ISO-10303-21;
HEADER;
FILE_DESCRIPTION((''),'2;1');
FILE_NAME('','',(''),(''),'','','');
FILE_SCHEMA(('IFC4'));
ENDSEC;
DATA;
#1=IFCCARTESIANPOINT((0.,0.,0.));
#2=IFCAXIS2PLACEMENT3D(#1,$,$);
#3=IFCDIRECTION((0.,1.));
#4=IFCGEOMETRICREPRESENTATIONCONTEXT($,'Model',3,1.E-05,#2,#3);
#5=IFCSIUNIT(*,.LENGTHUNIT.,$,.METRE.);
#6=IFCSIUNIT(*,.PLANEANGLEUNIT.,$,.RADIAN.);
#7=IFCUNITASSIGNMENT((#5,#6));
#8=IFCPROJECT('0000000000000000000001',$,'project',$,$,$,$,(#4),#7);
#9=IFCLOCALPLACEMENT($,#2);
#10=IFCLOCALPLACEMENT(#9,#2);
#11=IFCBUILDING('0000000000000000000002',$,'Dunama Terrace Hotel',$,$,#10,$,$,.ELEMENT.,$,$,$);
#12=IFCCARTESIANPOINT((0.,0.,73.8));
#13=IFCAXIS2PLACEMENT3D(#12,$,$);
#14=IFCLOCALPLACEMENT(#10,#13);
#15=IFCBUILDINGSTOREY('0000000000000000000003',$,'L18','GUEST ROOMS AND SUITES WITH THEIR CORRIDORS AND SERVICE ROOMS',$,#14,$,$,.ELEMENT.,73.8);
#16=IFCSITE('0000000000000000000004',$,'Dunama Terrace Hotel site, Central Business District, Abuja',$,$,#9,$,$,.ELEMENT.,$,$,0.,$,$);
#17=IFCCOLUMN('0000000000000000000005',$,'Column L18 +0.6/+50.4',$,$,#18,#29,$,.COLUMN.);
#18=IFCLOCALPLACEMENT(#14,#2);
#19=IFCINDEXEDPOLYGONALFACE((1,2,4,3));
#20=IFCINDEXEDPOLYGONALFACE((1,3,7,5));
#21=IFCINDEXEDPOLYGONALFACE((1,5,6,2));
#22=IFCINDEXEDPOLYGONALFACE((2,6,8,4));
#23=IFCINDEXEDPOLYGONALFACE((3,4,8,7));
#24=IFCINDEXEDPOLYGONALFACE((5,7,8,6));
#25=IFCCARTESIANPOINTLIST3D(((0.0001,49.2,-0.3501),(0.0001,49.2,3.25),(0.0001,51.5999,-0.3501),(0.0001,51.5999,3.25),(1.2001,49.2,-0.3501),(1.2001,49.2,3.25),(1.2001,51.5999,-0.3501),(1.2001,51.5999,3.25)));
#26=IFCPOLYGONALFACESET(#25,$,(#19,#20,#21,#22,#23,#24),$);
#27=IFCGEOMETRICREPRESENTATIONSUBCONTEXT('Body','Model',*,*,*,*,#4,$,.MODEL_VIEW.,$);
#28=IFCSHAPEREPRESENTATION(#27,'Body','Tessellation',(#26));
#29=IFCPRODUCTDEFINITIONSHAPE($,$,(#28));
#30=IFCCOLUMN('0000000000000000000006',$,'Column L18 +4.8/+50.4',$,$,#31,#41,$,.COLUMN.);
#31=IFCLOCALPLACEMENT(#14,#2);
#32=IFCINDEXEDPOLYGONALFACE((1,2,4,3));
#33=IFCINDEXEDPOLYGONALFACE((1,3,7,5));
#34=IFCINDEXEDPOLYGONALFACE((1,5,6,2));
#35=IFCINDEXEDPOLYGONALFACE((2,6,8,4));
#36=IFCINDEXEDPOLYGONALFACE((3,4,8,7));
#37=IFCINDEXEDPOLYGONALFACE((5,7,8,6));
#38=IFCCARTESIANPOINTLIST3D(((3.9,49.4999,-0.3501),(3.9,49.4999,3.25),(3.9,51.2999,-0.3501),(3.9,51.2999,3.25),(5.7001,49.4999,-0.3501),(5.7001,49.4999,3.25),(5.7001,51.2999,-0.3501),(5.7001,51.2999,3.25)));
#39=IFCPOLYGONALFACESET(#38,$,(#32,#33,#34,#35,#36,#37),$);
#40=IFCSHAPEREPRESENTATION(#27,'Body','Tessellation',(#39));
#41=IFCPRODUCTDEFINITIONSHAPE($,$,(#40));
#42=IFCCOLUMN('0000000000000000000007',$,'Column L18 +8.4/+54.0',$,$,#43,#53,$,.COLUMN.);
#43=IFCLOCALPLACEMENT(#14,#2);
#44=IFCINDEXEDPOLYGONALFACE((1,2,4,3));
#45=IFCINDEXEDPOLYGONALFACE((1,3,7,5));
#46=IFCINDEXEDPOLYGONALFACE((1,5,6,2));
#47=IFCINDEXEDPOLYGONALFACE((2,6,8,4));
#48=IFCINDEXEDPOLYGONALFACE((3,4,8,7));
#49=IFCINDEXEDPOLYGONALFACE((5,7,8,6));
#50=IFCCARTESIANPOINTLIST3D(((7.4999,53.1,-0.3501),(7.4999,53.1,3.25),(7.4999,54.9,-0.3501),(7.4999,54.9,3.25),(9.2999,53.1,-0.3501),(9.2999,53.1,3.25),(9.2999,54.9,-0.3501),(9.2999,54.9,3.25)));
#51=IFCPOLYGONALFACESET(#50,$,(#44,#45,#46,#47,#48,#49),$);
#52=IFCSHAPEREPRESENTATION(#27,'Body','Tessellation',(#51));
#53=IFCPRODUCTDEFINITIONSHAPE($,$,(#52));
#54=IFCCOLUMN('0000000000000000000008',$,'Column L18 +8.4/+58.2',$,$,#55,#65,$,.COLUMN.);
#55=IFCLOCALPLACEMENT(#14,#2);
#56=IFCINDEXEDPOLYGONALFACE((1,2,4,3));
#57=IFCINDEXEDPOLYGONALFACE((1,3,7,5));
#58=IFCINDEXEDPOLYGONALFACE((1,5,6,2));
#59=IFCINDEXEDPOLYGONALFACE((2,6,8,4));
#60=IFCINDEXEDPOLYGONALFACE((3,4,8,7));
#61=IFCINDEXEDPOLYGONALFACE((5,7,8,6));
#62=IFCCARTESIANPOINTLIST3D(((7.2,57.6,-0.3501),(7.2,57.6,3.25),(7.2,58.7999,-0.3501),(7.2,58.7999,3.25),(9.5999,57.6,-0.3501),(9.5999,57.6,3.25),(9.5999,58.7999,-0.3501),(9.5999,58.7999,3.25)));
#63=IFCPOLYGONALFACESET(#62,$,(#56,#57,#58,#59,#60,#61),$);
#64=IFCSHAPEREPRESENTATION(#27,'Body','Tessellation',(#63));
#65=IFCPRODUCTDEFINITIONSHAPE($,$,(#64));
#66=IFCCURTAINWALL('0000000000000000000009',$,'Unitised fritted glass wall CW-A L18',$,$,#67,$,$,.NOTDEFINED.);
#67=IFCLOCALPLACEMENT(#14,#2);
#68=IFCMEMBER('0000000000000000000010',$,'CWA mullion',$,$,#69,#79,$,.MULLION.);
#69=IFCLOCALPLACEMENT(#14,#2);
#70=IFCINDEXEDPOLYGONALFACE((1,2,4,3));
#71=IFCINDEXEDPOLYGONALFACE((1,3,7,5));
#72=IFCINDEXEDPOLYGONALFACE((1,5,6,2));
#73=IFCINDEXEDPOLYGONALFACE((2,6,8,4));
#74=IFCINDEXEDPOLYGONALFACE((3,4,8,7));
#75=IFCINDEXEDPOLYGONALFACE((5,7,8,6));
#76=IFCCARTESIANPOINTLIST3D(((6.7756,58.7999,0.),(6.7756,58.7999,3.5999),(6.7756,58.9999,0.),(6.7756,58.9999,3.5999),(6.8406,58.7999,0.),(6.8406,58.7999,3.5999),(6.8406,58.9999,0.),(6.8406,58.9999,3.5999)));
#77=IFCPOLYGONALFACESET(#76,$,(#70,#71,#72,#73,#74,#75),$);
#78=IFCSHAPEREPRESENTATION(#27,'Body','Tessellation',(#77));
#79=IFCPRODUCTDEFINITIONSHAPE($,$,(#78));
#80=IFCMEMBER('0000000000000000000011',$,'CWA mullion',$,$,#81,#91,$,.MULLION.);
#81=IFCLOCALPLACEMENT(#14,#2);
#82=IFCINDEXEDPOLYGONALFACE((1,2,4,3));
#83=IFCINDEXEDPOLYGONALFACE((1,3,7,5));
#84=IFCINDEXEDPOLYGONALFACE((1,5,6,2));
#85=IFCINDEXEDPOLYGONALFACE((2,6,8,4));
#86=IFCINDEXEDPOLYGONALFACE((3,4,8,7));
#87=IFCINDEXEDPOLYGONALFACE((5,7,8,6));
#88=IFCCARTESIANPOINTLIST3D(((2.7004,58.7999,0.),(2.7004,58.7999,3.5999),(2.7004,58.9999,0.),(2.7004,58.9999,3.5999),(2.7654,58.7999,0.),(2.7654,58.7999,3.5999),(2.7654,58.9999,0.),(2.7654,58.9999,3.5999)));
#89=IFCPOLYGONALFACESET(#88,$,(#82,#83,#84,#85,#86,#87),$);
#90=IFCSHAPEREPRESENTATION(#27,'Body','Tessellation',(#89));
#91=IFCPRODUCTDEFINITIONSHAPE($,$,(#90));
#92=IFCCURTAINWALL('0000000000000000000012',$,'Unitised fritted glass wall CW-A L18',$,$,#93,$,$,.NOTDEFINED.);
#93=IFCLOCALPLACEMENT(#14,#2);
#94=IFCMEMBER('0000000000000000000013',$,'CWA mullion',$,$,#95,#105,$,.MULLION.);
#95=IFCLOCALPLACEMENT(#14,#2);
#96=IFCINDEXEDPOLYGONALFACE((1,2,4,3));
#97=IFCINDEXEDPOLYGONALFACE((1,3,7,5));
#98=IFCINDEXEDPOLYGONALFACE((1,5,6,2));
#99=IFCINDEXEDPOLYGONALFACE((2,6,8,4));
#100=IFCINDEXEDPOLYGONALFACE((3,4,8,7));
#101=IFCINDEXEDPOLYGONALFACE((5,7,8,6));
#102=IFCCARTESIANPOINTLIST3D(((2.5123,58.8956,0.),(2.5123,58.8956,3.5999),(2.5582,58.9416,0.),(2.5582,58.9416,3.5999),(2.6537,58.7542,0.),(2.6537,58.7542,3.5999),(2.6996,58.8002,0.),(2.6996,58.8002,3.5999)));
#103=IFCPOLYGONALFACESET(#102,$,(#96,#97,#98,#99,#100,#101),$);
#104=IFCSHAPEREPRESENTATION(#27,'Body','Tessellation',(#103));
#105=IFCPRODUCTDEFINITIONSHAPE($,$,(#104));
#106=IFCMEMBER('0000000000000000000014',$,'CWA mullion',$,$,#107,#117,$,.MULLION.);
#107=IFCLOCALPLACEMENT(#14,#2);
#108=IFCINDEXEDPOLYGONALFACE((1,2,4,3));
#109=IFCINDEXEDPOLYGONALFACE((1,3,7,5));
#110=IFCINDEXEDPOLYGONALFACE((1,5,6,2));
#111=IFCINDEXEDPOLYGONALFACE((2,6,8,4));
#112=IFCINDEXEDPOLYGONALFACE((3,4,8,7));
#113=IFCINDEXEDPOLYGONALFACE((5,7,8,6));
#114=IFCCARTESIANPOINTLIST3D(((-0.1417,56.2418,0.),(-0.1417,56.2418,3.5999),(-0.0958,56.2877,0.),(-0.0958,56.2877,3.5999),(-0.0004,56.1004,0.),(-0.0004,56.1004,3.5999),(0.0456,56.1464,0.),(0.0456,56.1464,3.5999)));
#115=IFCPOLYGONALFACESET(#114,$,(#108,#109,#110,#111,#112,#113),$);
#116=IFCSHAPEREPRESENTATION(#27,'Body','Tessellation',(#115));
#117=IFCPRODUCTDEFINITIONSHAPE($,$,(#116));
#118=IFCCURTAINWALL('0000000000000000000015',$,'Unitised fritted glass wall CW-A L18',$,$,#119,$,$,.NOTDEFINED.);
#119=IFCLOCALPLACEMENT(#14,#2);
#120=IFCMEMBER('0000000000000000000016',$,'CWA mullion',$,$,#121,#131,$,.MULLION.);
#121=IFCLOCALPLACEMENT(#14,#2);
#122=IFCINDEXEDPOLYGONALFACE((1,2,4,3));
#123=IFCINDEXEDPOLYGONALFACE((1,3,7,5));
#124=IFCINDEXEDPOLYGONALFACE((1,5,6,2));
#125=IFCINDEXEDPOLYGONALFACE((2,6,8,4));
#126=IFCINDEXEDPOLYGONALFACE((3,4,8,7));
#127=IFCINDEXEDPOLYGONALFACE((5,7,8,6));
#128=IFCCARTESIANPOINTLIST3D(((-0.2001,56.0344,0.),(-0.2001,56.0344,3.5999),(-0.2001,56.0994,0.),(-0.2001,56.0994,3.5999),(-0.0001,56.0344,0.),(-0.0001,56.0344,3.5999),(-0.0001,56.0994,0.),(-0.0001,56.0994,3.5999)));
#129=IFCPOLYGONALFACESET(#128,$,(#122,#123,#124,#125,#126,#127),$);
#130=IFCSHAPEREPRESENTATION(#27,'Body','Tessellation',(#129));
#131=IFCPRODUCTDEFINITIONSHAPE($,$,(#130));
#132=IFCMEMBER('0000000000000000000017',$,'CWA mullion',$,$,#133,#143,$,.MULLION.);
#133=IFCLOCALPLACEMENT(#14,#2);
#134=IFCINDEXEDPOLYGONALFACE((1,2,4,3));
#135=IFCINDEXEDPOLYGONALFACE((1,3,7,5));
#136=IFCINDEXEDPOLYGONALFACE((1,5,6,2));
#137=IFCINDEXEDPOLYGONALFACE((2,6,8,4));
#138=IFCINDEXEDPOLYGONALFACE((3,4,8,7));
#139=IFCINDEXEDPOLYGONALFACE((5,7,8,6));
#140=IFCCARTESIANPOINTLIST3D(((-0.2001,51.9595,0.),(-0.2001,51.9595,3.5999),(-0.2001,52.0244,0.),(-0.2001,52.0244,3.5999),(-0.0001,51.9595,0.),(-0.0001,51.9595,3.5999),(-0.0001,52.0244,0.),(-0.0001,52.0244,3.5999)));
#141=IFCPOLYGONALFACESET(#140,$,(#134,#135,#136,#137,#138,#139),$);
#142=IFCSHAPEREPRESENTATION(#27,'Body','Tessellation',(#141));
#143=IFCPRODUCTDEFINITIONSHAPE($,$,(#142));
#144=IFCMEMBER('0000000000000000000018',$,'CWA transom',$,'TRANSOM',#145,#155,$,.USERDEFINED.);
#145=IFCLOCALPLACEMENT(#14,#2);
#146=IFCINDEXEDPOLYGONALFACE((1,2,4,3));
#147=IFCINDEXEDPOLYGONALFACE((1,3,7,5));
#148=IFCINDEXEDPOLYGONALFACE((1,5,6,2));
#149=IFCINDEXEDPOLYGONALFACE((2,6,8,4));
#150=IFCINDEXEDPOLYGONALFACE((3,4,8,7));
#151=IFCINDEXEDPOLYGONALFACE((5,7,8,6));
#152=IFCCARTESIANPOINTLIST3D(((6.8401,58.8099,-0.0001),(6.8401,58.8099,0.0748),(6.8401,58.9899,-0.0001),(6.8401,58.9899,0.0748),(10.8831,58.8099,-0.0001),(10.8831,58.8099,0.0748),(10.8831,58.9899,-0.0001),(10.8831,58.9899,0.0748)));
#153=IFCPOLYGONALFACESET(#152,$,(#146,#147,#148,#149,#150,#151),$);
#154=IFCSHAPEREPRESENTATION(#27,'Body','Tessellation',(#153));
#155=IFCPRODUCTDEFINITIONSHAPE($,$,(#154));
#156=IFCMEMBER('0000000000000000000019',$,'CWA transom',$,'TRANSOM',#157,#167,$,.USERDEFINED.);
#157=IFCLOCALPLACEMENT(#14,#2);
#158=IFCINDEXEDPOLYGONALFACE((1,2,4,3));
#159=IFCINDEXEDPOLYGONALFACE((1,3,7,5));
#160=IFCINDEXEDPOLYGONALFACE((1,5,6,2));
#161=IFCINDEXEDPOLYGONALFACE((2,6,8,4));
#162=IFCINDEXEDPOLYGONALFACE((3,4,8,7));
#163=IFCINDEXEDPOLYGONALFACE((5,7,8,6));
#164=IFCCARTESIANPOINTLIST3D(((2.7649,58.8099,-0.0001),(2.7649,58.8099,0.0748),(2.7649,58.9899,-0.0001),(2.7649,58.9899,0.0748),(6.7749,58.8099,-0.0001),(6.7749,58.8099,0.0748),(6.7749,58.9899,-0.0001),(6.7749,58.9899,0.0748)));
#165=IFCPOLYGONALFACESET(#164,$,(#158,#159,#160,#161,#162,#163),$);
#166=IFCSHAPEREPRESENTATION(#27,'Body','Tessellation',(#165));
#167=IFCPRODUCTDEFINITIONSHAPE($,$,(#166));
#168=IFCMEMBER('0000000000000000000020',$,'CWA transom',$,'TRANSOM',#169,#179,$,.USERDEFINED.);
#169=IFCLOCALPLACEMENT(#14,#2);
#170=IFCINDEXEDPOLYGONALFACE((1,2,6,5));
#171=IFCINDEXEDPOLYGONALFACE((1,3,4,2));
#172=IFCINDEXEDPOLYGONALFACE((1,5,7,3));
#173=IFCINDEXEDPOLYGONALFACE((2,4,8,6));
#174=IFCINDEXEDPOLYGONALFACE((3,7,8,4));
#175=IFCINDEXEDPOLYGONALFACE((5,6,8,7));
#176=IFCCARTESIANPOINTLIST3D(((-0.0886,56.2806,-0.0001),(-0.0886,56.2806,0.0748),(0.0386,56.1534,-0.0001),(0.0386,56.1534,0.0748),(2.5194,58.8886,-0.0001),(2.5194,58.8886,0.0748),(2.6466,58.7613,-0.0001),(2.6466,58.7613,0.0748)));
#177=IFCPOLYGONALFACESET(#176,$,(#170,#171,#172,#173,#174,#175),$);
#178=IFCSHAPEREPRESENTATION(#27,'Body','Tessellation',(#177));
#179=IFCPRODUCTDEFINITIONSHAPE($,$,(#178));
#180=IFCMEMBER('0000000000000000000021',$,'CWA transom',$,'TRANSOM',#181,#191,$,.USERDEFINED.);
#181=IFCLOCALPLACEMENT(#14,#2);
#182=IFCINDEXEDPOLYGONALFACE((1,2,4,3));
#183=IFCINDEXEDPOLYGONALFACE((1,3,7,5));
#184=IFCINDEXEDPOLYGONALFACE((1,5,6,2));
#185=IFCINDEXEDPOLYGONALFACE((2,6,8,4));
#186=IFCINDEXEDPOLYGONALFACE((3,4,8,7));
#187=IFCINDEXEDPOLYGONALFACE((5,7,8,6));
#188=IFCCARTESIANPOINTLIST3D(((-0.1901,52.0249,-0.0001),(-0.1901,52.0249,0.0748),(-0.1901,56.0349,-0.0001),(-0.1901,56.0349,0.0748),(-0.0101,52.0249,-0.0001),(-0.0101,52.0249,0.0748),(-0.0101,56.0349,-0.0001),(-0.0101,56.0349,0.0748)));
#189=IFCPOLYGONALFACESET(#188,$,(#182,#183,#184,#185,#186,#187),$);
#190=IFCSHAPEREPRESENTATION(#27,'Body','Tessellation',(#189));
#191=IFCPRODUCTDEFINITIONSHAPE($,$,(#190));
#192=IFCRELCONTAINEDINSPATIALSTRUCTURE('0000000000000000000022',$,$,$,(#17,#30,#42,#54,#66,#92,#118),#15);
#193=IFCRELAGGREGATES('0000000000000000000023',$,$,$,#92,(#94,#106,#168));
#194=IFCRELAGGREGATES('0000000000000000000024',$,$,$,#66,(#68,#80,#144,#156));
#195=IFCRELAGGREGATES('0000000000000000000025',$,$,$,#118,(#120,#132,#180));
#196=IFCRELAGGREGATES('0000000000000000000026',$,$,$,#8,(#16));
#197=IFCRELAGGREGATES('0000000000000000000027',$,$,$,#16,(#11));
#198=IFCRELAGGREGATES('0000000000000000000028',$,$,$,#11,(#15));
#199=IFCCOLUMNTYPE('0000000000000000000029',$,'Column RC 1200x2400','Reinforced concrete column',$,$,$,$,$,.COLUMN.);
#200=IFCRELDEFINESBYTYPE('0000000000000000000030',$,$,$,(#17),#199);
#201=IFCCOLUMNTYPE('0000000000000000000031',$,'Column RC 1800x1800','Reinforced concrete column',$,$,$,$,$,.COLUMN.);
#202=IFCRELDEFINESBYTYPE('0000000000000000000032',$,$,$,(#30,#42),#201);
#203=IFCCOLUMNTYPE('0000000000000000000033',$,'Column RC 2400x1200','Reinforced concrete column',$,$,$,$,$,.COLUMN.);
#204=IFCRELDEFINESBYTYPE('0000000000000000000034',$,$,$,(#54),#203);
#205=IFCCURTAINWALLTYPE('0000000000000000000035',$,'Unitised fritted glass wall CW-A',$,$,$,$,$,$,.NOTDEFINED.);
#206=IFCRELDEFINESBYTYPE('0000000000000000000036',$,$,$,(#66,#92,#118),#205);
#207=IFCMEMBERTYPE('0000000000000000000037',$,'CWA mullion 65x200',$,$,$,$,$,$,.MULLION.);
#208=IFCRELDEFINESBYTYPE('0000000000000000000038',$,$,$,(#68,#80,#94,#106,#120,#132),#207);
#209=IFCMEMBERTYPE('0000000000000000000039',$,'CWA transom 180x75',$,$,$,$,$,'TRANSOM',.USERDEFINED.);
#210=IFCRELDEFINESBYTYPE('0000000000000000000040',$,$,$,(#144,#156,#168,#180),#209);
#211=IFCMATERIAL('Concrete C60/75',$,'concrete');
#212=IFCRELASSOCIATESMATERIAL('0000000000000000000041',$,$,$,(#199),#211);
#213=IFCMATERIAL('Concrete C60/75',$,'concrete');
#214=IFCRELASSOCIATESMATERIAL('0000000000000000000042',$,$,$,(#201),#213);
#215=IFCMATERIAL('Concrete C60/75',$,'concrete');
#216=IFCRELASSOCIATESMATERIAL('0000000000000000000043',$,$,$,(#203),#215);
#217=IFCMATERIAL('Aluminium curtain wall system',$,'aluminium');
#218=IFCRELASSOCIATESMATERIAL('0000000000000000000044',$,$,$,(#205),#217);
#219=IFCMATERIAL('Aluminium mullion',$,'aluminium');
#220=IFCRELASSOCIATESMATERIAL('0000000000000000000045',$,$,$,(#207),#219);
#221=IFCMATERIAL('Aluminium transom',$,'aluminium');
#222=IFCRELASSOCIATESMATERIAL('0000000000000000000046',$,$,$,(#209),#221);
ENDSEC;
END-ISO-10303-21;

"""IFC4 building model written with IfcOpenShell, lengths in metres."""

from ifc_helpers import new_model, si_unit, direction, frame, origin, origin_2d, place, context, subcontext, project, spatial, rectangle, extrude, material, material_profile, profile_set, type_object, element, aggregate, save


model = new_model("IFC4")

# Units and contexts
model_context = context("Model", 3, precision=1e-05, world=origin(), true_north=direction((0.0, 1.0)))
body_context = subcontext(model_context, "Body", "Model", "MODEL_VIEW")
ifc_project = project(units=[si_unit("LENGTHUNIT", "METRE"), si_unit("PLANEANGLEUNIT", "RADIAN")], contexts=[model_context])

# Site, building, storey
site_placement = place(None, origin())
site = spatial("IfcSite", under=ifc_project, at=site_placement, Name="Dunama Terrace Hotel site, Central Business District, Abuja", CompositionType="ELEMENT", RefElevation=0.0)
building_placement = place(site_placement, origin())
building = spatial("IfcBuilding", under=site, at=building_placement, Name="Dunama Terrace Hotel", CompositionType="ELEMENT")
storey_placement = place(building_placement, frame((0.0, 0.0, 73.8)))
storey = spatial("IfcBuildingStorey", under=building, at=storey_placement, Name="L18", Description="GUEST ROOMS AND SUITES WITH THEIR CORRIDORS AND SERVICE ROOMS", CompositionType="ELEMENT", Elevation=73.8)

# Columns
ifc_material_1 = material(Name="Concrete C60/75", Category="concrete")
ifc_material_profile_1 = material_profile(ifc_material_1, rectangle(XDim=1.2, YDim=2.3999, at=origin_2d()), Name="RC 1200x2400")
ifc_profile_set_1 = profile_set([ifc_material_profile_1], Name="Concrete C60/75")
column_type_1 = type_object("IfcColumnType", Name="Column RC 1200x2400", Description="Reinforced concrete column", PredefinedType="COLUMN", material=ifc_profile_set_1)
column_1_placement = place(storey_placement, frame((0.6001, 50.3999, -0.3501), z_axis=(0.0, 0.0, 1.0), x_axis=(1.0, 0.0, 0.0)))
element("IfcColumn", 1, at=column_1_placement, inside=storey, type_object=column_type_1, Name="Column L18 +0.6/+50.4", PredefinedType="COLUMN", context=body_context, shape_type="SweptSolid", body=[
    extrude(rectangle(XDim=1.2, YDim=2.3999, at=origin_2d()), origin(), (0.0, 0.0, 1.0), 3.6001),
])
ifc_material_2 = material(Name="Concrete C60/75", Category="concrete")
ifc_material_profile_2 = material_profile(ifc_material_2, rectangle(XDim=1.8, YDim=1.8, at=origin_2d()), Name="RC 1800x1800")
ifc_profile_set_2 = profile_set([ifc_material_profile_2], Name="Concrete C60/75")
column_type_2 = type_object("IfcColumnType", Name="Column RC 1800x1800", Description="Reinforced concrete column", PredefinedType="COLUMN", material=ifc_profile_set_2)
for number, where, z_axis, x_axis, name in (
    (2, (4.8, 50.3999, -0.3501), (0.0, 0.0, 1.0), (1.0, 0.0, 0.0), "Column L18 +4.8/+50.4"),
    (3, (8.3999, 54.0, -0.3501), (0.0, 0.0, 1.0), (1.0, 0.0, 0.0), "Column L18 +8.4/+54.0"),
):
    element("IfcColumn", number, at=place(storey_placement, frame(where, z_axis=z_axis, x_axis=x_axis)), inside=storey, type_object=column_type_2, Name=name, PredefinedType="COLUMN", context=body_context, shape_type="SweptSolid", body=[
        extrude(rectangle(XDim=1.8, YDim=1.8, at=origin_2d()), origin(), (0.0, 0.0, 1.0), 3.6001),
    ])
ifc_material_3 = material(Name="Concrete C60/75", Category="concrete")
ifc_material_profile_3 = material_profile(ifc_material_3, rectangle(XDim=2.3999, YDim=1.2, at=origin_2d()), Name="RC 2400x1200")
ifc_profile_set_3 = profile_set([ifc_material_profile_3], Name="Concrete C60/75")
column_type_3 = type_object("IfcColumnType", Name="Column RC 2400x1200", Description="Reinforced concrete column", PredefinedType="COLUMN", material=ifc_profile_set_3)
column_2_placement = place(storey_placement, frame((8.3999, 58.2, -0.3501), z_axis=(0.0, 0.0, 1.0), x_axis=(1.0, 0.0, 0.0)))
element("IfcColumn", 4, at=column_2_placement, inside=storey, type_object=column_type_3, Name="Column L18 +8.4/+58.2", PredefinedType="COLUMN", context=body_context, shape_type="SweptSolid", body=[
    extrude(rectangle(XDim=2.3999, YDim=1.2, at=origin_2d()), origin(), (0.0, 0.0, 1.0), 3.6001),
])

# Curtain walls, members
ifc_material_4 = material(Name="Aluminium curtain wall system", Category="aluminium")
curtain_wall_type = type_object("IfcCurtainWallType", Name="Unitised fritted glass wall CW-A", PredefinedType="NOTDEFINED", material=ifc_material_4)
curtain_wall_1_placement = place(storey_placement, origin())
curtain_wall_1 = element("IfcCurtainWall", 5, at=curtain_wall_1_placement, inside=storey, type_object=curtain_wall_type, Name="Unitised fritted glass wall CW-A L18", PredefinedType="NOTDEFINED")
ifc_material_5 = material(Name="Aluminium mullion", Category="aluminium")
ifc_material_profile_4 = material_profile(ifc_material_5, rectangle(XDim=0.0649, YDim=0.2, at=origin_2d()), Name="CWA MULLION 65X200")
ifc_profile_set_4 = profile_set([ifc_material_profile_4], Name="Aluminium mullion")
member_type_1 = type_object("IfcMemberType", Name="CWA mullion 65x200", PredefinedType="MULLION", material=ifc_profile_set_4)
member_1_placement = place(storey_placement, frame((6.8081, 58.8999, 0.0), z_axis=(0.0, 0.0, 1.0), x_axis=(-1.0, 0.0, 0.0)))
member_1 = element("IfcMember", 6, at=member_1_placement, type_object=member_type_1, Name="CWA mullion", PredefinedType="MULLION", context=body_context, shape_type="SweptSolid", body=[
    extrude(rectangle(XDim=0.0649, YDim=0.2, at=origin_2d()), origin(), (0.0, 0.0, 1.0), 3.5999),
])
member_2_placement = place(storey_placement, frame((2.7329, 58.8999, 0.0), z_axis=(0.0, 0.0, 1.0), x_axis=(-1.0, 0.0, 0.0)))
member_2 = element("IfcMember", 7, at=member_2_placement, type_object=member_type_1, Name="CWA mullion", PredefinedType="MULLION", context=body_context, shape_type="SweptSolid", body=[
    extrude(rectangle(XDim=0.0649, YDim=0.2, at=origin_2d()), origin(), (0.0, 0.0, 1.0), 3.5999),
])
curtain_wall_2_placement = place(storey_placement, origin())
curtain_wall_2 = element("IfcCurtainWall", 8, at=curtain_wall_2_placement, inside=storey, type_object=curtain_wall_type, Name="Unitised fritted glass wall CW-A L18", PredefinedType="NOTDEFINED")
member_3_placement = place(storey_placement, frame((2.606, 58.8479, 0.0), z_axis=(0.0, 0.0, 1.0), x_axis=(-0.707107, -0.707107, 0.0)))
member_3 = element("IfcMember", 9, at=member_3_placement, type_object=member_type_1, Name="CWA mullion", PredefinedType="MULLION", context=body_context, shape_type="SweptSolid", body=[
    extrude(rectangle(XDim=0.0649, YDim=0.2, at=origin_2d()), origin(), (0.0, 0.0, 1.0), 3.5999),
])
member_4_placement = place(storey_placement, frame((-0.0481, 56.1941, 0.0), z_axis=(0.0, 0.0, 1.0), x_axis=(-0.707107, -0.707107, 0.0)))
member_4 = element("IfcMember", 10, at=member_4_placement, type_object=member_type_1, Name="CWA mullion", PredefinedType="MULLION", context=body_context, shape_type="SweptSolid", body=[
    extrude(rectangle(XDim=0.0649, YDim=0.2, at=origin_2d()), origin(), (0.0, 0.0, 1.0), 3.5999),
])
curtain_wall_3_placement = place(storey_placement, origin())
curtain_wall_3 = element("IfcCurtainWall", 11, at=curtain_wall_3_placement, inside=storey, type_object=curtain_wall_type, Name="Unitised fritted glass wall CW-A L18", PredefinedType="NOTDEFINED")
member_5_placement = place(storey_placement, frame((-0.1001, 56.0669, 0.0), z_axis=(0.0, 0.0, 1.0), x_axis=(0.0, -1.0, 0.0)))
member_5 = element("IfcMember", 12, at=member_5_placement, type_object=member_type_1, Name="CWA mullion", PredefinedType="MULLION", context=body_context, shape_type="SweptSolid", body=[
    extrude(rectangle(XDim=0.0649, YDim=0.2, at=origin_2d()), origin(), (0.0, 0.0, 1.0), 3.5999),
])
member_6_placement = place(storey_placement, frame((-0.1001, 51.9919, 0.0), z_axis=(0.0, 0.0, 1.0), x_axis=(0.0, -1.0, 0.0)))
member_6 = element("IfcMember", 13, at=member_6_placement, type_object=member_type_1, Name="CWA mullion", PredefinedType="MULLION", context=body_context, shape_type="SweptSolid", body=[
    extrude(rectangle(XDim=0.0649, YDim=0.2, at=origin_2d()), origin(), (0.0, 0.0, 1.0), 3.5999),
])

# Members
ifc_material_6 = material(Name="Aluminium transom", Category="aluminium")
ifc_material_profile_5 = material_profile(ifc_material_6, rectangle(XDim=0.1799, YDim=0.075, at=origin_2d()), Name="CWA TRANSOM 180X75")
ifc_profile_set_5 = profile_set([ifc_material_profile_5], Name="Aluminium transom")
member_type_2 = type_object("IfcMemberType", Name="CWA transom 180x75", ElementType="TRANSOM", PredefinedType="USERDEFINED", material=ifc_profile_set_5)
member_7_placement = place(storey_placement, frame((10.8831, 58.8999, 0.0374), z_axis=(-1.0, 0.0, 0.0), x_axis=(0.0, -1.0, 0.0)))
member_7 = element("IfcMember", 14, at=member_7_placement, type_object=member_type_2, Name="CWA transom", ObjectType="TRANSOM", PredefinedType="USERDEFINED", context=body_context, shape_type="SweptSolid", body=[
    extrude(rectangle(XDim=0.1799, YDim=0.075, at=origin_2d()), origin(), (0.0, 0.0, 1.0), 4.043),
])
member_8_placement = place(storey_placement, frame((6.7749, 58.8999, 0.0374), z_axis=(-1.0, 0.0, 0.0), x_axis=(0.0, -1.0, 0.0)))
member_8 = element("IfcMember", 15, at=member_8_placement, type_object=member_type_2, Name="CWA transom", ObjectType="TRANSOM", PredefinedType="USERDEFINED", context=body_context, shape_type="SweptSolid", body=[
    extrude(rectangle(XDim=0.1799, YDim=0.075, at=origin_2d()), origin(), (0.0, 0.0, 1.0), 4.01),
])
member_9_placement = place(storey_placement, frame((2.583, 58.825, 0.0374), z_axis=(-0.707107, -0.707107, 0.0), x_axis=(0.707107, -0.707107, 0.0)))
member_9 = element("IfcMember", 16, at=member_9_placement, type_object=member_type_2, Name="CWA transom", ObjectType="TRANSOM", PredefinedType="USERDEFINED", context=body_context, shape_type="SweptSolid", body=[
    extrude(rectangle(XDim=0.1799, YDim=0.075, at=origin_2d()), origin(), (0.0, 0.0, 1.0), 3.6882),
])
member_10_placement = place(storey_placement, frame((-0.1001, 56.0349, 0.0374), z_axis=(0.0, -1.0, 0.0), x_axis=(1.0, 0.0, 0.0)))
member_10 = element("IfcMember", 17, at=member_10_placement, type_object=member_type_2, Name="CWA transom", ObjectType="TRANSOM", PredefinedType="USERDEFINED", context=body_context, shape_type="SweptSolid", body=[
    extrude(rectangle(XDim=0.1799, YDim=0.075, at=origin_2d()), origin(), (0.0, 0.0, 1.0), 4.01),
])

aggregate(curtain_wall_2, [member_3, member_4, member_9])
aggregate(curtain_wall_1, [member_1, member_2, member_7, member_8])
aggregate(curtain_wall_3, [member_5, member_6, member_10])

save(model, "model.ifc")
